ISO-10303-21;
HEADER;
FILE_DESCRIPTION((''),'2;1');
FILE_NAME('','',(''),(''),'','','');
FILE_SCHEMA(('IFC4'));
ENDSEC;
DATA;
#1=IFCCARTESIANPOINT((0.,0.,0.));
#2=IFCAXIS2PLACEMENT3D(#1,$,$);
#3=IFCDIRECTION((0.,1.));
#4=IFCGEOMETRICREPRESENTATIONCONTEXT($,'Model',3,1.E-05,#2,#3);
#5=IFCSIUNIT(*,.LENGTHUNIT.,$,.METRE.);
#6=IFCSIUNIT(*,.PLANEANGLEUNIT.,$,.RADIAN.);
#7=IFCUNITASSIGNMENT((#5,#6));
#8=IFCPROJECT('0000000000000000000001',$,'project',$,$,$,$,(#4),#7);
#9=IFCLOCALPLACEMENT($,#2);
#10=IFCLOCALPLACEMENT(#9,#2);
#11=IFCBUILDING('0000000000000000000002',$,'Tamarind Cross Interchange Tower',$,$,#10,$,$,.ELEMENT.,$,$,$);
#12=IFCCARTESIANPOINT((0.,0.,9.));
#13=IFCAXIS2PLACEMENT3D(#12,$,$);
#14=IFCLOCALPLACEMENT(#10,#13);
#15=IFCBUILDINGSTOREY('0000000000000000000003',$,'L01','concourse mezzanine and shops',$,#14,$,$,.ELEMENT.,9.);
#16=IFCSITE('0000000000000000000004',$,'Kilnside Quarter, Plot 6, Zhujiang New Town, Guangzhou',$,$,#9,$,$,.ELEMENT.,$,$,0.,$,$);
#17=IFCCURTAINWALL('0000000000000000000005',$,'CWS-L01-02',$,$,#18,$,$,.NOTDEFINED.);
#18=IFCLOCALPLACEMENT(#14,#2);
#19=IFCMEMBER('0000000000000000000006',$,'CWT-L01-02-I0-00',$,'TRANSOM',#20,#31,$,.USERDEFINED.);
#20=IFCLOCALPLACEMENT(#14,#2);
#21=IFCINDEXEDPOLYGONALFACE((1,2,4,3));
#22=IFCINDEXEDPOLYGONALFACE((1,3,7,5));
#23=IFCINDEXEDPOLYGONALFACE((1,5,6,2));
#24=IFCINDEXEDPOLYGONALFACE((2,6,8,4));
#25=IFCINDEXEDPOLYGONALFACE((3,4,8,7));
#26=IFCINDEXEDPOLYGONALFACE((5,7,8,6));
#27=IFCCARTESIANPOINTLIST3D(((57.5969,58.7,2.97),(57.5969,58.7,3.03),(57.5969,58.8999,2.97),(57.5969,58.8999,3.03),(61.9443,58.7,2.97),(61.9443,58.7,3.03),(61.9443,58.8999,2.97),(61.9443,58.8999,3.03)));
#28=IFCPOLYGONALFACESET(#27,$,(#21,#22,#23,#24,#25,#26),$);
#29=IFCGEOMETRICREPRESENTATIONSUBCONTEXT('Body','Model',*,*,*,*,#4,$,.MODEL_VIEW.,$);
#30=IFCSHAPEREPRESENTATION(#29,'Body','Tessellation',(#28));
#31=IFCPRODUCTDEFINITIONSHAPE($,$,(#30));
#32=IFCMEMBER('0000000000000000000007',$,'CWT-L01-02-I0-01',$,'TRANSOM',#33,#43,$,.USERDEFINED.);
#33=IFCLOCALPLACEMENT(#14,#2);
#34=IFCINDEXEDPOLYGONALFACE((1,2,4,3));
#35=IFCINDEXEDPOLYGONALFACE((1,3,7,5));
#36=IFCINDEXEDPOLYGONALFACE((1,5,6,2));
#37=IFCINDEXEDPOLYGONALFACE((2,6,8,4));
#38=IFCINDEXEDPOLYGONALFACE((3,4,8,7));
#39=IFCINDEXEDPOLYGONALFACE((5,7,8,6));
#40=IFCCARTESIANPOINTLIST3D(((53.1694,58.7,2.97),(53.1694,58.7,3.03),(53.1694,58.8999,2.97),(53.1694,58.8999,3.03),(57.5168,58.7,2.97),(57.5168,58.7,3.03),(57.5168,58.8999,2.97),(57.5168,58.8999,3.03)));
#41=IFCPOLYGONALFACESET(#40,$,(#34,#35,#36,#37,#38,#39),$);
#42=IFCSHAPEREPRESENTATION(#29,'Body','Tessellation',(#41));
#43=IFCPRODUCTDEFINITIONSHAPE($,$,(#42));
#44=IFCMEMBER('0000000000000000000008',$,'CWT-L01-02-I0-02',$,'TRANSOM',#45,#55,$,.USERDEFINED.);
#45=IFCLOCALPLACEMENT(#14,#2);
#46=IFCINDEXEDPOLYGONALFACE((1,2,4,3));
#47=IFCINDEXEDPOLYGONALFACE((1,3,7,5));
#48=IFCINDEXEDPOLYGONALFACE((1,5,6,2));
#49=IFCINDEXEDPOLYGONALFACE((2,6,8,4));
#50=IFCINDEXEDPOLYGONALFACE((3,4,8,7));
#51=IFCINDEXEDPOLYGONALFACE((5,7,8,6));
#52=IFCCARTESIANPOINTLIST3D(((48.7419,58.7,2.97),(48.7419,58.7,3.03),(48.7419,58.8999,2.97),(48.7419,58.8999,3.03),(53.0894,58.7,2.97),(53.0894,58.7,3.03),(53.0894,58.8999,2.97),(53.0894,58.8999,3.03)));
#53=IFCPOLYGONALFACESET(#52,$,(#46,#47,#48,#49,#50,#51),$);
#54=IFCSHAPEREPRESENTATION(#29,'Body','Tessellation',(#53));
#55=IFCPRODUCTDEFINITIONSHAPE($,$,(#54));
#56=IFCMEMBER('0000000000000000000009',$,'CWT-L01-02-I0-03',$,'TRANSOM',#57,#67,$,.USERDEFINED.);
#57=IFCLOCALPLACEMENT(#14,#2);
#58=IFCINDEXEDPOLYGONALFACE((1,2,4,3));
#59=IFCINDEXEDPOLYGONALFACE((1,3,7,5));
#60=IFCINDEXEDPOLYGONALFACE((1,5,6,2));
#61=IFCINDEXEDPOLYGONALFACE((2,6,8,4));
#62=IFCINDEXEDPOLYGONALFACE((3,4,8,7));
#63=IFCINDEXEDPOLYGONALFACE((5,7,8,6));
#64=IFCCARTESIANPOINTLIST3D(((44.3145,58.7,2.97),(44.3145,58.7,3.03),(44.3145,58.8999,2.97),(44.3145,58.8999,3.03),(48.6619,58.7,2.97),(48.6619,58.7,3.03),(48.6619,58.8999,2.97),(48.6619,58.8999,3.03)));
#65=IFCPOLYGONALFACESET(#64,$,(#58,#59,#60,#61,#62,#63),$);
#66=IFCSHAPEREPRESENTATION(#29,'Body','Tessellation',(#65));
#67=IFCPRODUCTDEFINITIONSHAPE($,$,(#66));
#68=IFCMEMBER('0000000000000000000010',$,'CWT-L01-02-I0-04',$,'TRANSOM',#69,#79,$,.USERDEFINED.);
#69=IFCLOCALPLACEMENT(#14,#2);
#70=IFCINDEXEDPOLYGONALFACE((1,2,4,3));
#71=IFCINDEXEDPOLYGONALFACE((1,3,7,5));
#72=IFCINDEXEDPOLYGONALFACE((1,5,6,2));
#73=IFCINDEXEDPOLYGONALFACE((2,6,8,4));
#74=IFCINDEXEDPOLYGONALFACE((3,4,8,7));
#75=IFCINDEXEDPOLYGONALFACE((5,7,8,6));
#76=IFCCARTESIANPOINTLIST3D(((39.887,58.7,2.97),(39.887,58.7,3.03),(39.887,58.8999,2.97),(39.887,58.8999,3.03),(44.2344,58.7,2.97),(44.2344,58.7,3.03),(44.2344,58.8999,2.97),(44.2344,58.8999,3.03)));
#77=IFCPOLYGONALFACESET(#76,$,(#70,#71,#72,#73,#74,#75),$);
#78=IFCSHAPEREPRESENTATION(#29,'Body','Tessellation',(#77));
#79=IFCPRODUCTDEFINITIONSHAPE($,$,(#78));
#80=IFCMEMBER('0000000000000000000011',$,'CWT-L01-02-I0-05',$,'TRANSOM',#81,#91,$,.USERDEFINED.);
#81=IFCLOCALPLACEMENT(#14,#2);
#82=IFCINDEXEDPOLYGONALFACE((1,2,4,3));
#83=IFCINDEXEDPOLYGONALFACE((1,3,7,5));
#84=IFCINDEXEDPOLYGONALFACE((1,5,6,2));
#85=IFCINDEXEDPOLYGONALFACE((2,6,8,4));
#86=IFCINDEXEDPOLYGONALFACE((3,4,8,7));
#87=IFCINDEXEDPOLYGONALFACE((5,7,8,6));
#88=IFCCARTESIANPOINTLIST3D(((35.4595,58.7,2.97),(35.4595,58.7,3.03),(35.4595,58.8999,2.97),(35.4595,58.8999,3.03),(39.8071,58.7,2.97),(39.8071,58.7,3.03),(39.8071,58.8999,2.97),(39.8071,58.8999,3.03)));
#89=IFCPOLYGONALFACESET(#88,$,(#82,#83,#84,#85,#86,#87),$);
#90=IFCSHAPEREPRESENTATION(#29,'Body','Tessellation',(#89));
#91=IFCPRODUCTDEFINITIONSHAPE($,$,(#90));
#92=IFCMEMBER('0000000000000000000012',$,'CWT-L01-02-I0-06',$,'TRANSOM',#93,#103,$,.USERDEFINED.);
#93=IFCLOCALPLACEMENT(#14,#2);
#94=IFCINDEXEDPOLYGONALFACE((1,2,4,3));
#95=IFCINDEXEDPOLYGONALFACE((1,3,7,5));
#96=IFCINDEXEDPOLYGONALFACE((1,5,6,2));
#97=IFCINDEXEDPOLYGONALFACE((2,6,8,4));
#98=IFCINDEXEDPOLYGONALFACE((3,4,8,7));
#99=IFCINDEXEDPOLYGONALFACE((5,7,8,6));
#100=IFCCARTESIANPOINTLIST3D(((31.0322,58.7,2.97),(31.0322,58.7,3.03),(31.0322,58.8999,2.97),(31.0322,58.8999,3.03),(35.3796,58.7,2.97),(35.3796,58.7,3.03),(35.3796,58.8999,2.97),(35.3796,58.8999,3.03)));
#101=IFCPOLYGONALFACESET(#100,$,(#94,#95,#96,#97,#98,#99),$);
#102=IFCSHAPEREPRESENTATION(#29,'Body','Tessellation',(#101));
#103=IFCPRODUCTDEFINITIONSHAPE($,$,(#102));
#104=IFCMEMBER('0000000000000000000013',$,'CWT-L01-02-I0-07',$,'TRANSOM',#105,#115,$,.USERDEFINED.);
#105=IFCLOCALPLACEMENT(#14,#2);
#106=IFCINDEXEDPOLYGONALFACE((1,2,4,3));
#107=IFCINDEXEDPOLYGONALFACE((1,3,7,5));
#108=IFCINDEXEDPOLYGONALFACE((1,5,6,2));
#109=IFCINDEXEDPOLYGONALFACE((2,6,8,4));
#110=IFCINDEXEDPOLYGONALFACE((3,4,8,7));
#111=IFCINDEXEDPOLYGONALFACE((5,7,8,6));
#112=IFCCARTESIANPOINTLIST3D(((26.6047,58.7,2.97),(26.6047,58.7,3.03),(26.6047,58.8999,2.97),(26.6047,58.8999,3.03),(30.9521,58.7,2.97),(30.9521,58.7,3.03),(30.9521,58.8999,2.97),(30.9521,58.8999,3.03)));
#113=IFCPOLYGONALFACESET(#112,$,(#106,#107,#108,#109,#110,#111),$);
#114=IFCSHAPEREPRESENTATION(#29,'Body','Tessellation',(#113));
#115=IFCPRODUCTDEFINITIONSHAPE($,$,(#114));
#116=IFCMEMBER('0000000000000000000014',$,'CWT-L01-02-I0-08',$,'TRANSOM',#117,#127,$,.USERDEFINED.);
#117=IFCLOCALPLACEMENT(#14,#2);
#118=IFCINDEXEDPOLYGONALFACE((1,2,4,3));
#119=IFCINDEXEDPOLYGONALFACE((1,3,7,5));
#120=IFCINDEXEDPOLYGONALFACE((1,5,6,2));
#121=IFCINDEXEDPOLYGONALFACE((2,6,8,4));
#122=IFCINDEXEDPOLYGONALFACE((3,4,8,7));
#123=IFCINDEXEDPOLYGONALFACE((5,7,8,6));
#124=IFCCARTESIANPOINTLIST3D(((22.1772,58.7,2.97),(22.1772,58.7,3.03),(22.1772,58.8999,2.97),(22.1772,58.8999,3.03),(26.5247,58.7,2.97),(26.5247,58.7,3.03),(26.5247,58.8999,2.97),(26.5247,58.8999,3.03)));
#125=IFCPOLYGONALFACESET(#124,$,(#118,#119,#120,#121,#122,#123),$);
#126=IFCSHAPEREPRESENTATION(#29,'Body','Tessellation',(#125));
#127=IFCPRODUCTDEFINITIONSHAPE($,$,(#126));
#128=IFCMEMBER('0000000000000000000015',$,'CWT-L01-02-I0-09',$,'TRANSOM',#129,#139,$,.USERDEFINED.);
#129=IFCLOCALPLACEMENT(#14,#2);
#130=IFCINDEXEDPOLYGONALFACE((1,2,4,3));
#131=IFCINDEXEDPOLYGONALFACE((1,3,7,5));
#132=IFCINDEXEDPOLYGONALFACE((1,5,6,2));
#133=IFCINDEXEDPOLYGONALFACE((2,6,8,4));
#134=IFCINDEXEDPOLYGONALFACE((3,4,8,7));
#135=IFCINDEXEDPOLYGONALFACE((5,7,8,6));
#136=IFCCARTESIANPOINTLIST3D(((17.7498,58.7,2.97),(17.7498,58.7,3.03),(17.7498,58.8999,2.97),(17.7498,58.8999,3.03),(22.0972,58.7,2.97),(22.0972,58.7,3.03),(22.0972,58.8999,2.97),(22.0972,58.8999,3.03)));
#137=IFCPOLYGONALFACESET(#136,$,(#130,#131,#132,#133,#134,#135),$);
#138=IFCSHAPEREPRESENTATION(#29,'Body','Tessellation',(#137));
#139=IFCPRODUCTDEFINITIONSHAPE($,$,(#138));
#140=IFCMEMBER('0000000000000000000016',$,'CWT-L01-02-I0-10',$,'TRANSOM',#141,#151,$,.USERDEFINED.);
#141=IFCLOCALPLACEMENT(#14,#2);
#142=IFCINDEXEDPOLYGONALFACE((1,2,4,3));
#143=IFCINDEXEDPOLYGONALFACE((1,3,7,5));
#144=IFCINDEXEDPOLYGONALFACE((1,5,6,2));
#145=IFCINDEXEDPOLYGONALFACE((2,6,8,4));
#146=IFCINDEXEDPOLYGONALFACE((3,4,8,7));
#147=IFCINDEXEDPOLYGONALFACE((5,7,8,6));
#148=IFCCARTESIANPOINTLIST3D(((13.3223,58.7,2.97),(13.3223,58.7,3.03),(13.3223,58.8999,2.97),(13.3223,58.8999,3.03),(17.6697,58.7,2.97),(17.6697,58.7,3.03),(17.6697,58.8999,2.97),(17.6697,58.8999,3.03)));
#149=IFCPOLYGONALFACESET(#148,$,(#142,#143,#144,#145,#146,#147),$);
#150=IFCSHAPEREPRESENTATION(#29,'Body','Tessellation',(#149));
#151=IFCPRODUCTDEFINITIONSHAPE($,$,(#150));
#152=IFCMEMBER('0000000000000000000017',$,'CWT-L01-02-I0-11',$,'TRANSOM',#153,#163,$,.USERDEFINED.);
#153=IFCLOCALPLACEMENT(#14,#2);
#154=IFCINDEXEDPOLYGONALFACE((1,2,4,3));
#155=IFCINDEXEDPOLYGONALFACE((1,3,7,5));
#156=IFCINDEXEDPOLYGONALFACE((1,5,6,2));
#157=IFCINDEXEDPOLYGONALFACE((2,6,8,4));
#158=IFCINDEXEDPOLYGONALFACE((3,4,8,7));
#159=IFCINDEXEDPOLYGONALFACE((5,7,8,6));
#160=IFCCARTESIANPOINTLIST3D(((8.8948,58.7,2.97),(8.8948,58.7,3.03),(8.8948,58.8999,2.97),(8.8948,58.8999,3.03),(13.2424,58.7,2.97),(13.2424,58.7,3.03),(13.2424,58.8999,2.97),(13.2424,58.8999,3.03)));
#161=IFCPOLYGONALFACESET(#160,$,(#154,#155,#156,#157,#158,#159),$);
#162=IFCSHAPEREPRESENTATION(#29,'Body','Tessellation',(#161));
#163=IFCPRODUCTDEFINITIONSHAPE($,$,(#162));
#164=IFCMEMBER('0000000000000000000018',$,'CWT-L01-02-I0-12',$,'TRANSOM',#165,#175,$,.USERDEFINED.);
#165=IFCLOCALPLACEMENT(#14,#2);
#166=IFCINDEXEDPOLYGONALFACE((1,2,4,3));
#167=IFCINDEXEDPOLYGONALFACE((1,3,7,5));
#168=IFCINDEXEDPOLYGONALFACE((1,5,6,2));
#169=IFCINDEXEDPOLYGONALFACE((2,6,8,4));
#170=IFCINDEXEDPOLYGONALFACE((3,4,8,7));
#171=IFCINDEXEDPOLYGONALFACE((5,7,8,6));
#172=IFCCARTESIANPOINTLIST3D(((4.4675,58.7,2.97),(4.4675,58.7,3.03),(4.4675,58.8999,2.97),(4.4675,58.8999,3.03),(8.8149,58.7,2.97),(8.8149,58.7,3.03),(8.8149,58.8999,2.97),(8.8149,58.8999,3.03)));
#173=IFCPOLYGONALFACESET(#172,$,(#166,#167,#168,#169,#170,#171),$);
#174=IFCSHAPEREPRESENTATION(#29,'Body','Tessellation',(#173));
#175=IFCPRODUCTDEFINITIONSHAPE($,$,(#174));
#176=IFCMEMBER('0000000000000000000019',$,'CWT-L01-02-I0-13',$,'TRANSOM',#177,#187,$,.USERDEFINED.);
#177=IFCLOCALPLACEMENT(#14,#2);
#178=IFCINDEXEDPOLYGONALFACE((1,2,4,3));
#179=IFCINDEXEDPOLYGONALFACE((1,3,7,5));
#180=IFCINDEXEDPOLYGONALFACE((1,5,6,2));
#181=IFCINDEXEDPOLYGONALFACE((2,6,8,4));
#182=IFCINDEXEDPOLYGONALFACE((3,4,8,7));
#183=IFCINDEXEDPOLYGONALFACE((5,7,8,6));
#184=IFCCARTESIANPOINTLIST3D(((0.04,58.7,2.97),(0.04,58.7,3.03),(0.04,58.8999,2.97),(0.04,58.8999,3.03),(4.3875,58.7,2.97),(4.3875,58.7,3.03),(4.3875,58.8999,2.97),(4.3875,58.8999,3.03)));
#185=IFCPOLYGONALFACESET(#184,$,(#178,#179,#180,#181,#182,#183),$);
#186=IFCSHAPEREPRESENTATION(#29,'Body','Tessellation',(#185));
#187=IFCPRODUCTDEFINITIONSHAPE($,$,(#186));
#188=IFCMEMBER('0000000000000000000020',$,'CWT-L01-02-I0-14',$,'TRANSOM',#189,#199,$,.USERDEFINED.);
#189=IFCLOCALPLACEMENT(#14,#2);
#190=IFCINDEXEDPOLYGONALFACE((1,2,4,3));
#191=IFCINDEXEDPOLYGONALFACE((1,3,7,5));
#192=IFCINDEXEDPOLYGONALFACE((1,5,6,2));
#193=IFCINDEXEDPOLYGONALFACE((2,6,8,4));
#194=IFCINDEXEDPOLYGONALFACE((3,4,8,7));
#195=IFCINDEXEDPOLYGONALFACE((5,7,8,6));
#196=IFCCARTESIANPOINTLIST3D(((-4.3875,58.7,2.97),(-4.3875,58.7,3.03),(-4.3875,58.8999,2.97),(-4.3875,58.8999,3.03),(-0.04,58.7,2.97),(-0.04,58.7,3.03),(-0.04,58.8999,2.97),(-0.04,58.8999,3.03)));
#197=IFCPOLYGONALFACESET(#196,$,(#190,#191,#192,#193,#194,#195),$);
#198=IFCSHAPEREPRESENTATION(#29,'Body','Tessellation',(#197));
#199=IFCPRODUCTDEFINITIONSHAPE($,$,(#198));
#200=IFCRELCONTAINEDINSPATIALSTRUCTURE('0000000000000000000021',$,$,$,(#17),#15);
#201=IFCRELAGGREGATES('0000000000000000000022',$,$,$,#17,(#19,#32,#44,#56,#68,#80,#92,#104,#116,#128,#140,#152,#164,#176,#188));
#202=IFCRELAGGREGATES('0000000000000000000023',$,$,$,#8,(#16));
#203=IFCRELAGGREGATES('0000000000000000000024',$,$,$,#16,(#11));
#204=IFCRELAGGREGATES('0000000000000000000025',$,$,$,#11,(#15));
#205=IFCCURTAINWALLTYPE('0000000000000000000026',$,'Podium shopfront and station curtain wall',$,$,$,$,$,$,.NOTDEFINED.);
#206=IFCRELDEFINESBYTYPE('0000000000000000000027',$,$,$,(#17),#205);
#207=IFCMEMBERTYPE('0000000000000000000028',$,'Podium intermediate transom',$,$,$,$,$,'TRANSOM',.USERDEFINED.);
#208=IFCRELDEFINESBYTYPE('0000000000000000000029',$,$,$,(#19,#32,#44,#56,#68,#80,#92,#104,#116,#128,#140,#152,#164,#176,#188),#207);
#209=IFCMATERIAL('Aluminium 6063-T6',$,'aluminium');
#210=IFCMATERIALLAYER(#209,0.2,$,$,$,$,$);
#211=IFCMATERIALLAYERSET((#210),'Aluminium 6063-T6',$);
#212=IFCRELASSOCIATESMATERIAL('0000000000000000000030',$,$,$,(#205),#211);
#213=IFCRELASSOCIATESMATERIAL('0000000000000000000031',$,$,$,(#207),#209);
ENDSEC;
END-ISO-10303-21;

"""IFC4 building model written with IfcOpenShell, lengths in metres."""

from ifc_helpers import new_model, si_unit, direction, frame, origin, place, context, subcontext, project, spatial, polyline, outline, extrude, material, layer, layer_set, type_object, element, aggregate, save


model = new_model("IFC4")

# Units and contexts
model_context = context("Model", 3, precision=1e-05, world=origin(), true_north=direction((0.0, 1.0)))
body_context = subcontext(model_context, "Body", "Model", "MODEL_VIEW")
ifc_project = project(units=[si_unit("LENGTHUNIT", "METRE"), si_unit("PLANEANGLEUNIT", "RADIAN")], contexts=[model_context])

# Site, building, storey
site_placement = place(None, origin())
site = spatial("IfcSite", under=ifc_project, at=site_placement, Name="Kilnside Quarter, Plot 6, Zhujiang New Town, Guangzhou", CompositionType="ELEMENT", RefElevation=0.0)
building_placement = place(site_placement, origin())
building = spatial("IfcBuilding", under=site, at=building_placement, Name="Tamarind Cross Interchange Tower", CompositionType="ELEMENT")
storey_placement = place(building_placement, frame((0.0, 0.0, 9.0)))
storey = spatial("IfcBuildingStorey", under=building, at=storey_placement, Name="L01", Description="concourse mezzanine and shops", CompositionType="ELEMENT", Elevation=9.0)

# Curtain wall, members
ifc_material_1 = material(Name="Aluminium 6063-T6", Category="aluminium")
ifc_layer_1 = layer(ifc_material_1, 0.2)
ifc_layer_set_1 = layer_set([ifc_layer_1], Name="Aluminium 6063-T6")
curtain_wall_type = type_object("IfcCurtainWallType", Name="Podium shopfront and station curtain wall", PredefinedType="NOTDEFINED", material=ifc_layer_set_1)
curtain_wall_placement = place(storey_placement, origin())
curtain_wall = element("IfcCurtainWall", 1, at=curtain_wall_placement, inside=storey, type_object=curtain_wall_type, Name="CWS-L01-02", PredefinedType="NOTDEFINED")
member_type = type_object("IfcMemberType", Name="Podium intermediate transom", ElementType="TRANSOM", PredefinedType="USERDEFINED", material=ifc_material_1)
member_1_placement = place(storey_placement, frame((0.0, 0.0, 2.97)))
member_1 = element("IfcMember", 2, at=member_1_placement, type_object=member_type, Name="CWT-L01-02-I0-00", ObjectType="TRANSOM", PredefinedType="USERDEFINED", context=body_context, shape_type="SweptSolid", body=[
    extrude(outline(polyline([(61.9443, 58.7), (57.5969, 58.7), (57.5969, 58.8999), (61.9443, 58.8999), (61.9443, 58.7)])), origin(), (0.0, 0.0, 1.0), 0.0601),
])
member_2_placement = place(storey_placement, frame((0.0, 0.0, 2.97)))
member_2 = element("IfcMember", 3, at=member_2_placement, type_object=member_type, Name="CWT-L01-02-I0-01", ObjectType="TRANSOM", PredefinedType="USERDEFINED", context=body_context, shape_type="SweptSolid", body=[
    extrude(outline(polyline([(57.5168, 58.7), (53.1694, 58.7), (53.1694, 58.8999), (57.5168, 58.8999), (57.5168, 58.7)])), origin(), (0.0, 0.0, 1.0), 0.0601),
])
member_3_placement = place(storey_placement, frame((0.0, 0.0, 2.97)))
member_3 = element("IfcMember", 4, at=member_3_placement, type_object=member_type, Name="CWT-L01-02-I0-02", ObjectType="TRANSOM", PredefinedType="USERDEFINED", context=body_context, shape_type="SweptSolid", body=[
    extrude(outline(polyline([(53.0894, 58.7), (48.7419, 58.7), (48.7419, 58.8999), (53.0894, 58.8999), (53.0894, 58.7)])), origin(), (0.0, 0.0, 1.0), 0.0601),
])
member_4_placement = place(storey_placement, frame((0.0, 0.0, 2.97)))
member_4 = element("IfcMember", 5, at=member_4_placement, type_object=member_type, Name="CWT-L01-02-I0-03", ObjectType="TRANSOM", PredefinedType="USERDEFINED", context=body_context, shape_type="SweptSolid", body=[
    extrude(outline(polyline([(48.6619, 58.7), (44.3145, 58.7), (44.3145, 58.8999), (48.6619, 58.8999), (48.6619, 58.7)])), origin(), (0.0, 0.0, 1.0), 0.0601),
])
member_5_placement = place(storey_placement, frame((0.0, 0.0, 2.97)))
member_5 = element("IfcMember", 6, at=member_5_placement, type_object=member_type, Name="CWT-L01-02-I0-04", ObjectType="TRANSOM", PredefinedType="USERDEFINED", context=body_context, shape_type="SweptSolid", body=[
    extrude(outline(polyline([(44.2344, 58.7), (39.887, 58.7), (39.887, 58.8999), (44.2344, 58.8999), (44.2344, 58.7)])), origin(), (0.0, 0.0, 1.0), 0.0601),
])
member_6_placement = place(storey_placement, frame((0.0, 0.0, 2.97)))
member_6 = element("IfcMember", 7, at=member_6_placement, type_object=member_type, Name="CWT-L01-02-I0-05", ObjectType="TRANSOM", PredefinedType="USERDEFINED", context=body_context, shape_type="SweptSolid", body=[
    extrude(outline(polyline([(39.8071, 58.7), (35.4595, 58.7), (35.4595, 58.8999), (39.8071, 58.8999), (39.8071, 58.7)])), origin(), (0.0, 0.0, 1.0), 0.0601),
])
member_7_placement = place(storey_placement, frame((0.0, 0.0, 2.97)))
member_7 = element("IfcMember", 8, at=member_7_placement, type_object=member_type, Name="CWT-L01-02-I0-06", ObjectType="TRANSOM", PredefinedType="USERDEFINED", context=body_context, shape_type="SweptSolid", body=[
    extrude(outline(polyline([(35.3796, 58.7), (31.0322, 58.7), (31.0322, 58.8999), (35.3796, 58.8999), (35.3796, 58.7)])), origin(), (0.0, 0.0, 1.0), 0.0601),
])
member_8_placement = place(storey_placement, frame((0.0, 0.0, 2.97)))
member_8 = element("IfcMember", 9, at=member_8_placement, type_object=member_type, Name="CWT-L01-02-I0-07", ObjectType="TRANSOM", PredefinedType="USERDEFINED", context=body_context, shape_type="SweptSolid", body=[
    extrude(outline(polyline([(30.9521, 58.7), (26.6047, 58.7), (26.6047, 58.8999), (30.9521, 58.8999), (30.9521, 58.7)])), origin(), (0.0, 0.0, 1.0), 0.0601),
])
member_9_placement = place(storey_placement, frame((0.0, 0.0, 2.97)))
member_9 = element("IfcMember", 10, at=member_9_placement, type_object=member_type, Name="CWT-L01-02-I0-08", ObjectType="TRANSOM", PredefinedType="USERDEFINED", context=body_context, shape_type="SweptSolid", body=[
    extrude(outline(polyline([(26.5247, 58.7), (22.1772, 58.7), (22.1772, 58.8999), (26.5247, 58.8999), (26.5247, 58.7)])), origin(), (0.0, 0.0, 1.0), 0.0601),
])
member_10_placement = place(storey_placement, frame((0.0, 0.0, 2.97)))
member_10 = element("IfcMember", 11, at=member_10_placement, type_object=member_type, Name="CWT-L01-02-I0-09", ObjectType="TRANSOM", PredefinedType="USERDEFINED", context=body_context, shape_type="SweptSolid", body=[
    extrude(outline(polyline([(22.0972, 58.7), (17.7498, 58.7), (17.7498, 58.8999), (22.0972, 58.8999), (22.0972, 58.7)])), origin(), (0.0, 0.0, 1.0), 0.0601),
])
member_11_placement = place(storey_placement, frame((0.0, 0.0, 2.97)))
member_11 = element("IfcMember", 12, at=member_11_placement, type_object=member_type, Name="CWT-L01-02-I0-10", ObjectType="TRANSOM", PredefinedType="USERDEFINED", context=body_context, shape_type="SweptSolid", body=[
    extrude(outline(polyline([(17.6697, 58.7), (13.3223, 58.7), (13.3223, 58.8999), (17.6697, 58.8999), (17.6697, 58.7)])), origin(), (0.0, 0.0, 1.0), 0.0601),
])
member_12_placement = place(storey_placement, frame((0.0, 0.0, 2.97)))
member_12 = element("IfcMember", 13, at=member_12_placement, type_object=member_type, Name="CWT-L01-02-I0-11", ObjectType="TRANSOM", PredefinedType="USERDEFINED", context=body_context, shape_type="SweptSolid", body=[
    extrude(outline(polyline([(13.2424, 58.7), (8.8948, 58.7), (8.8948, 58.8999), (13.2424, 58.8999), (13.2424, 58.7)])), origin(), (0.0, 0.0, 1.0), 0.0601),
])
member_13_placement = place(storey_placement, frame((0.0, 0.0, 2.97)))
member_13 = element("IfcMember", 14, at=member_13_placement, type_object=member_type, Name="CWT-L01-02-I0-12", ObjectType="TRANSOM", PredefinedType="USERDEFINED", context=body_context, shape_type="SweptSolid", body=[
    extrude(outline(polyline([(8.8149, 58.7), (4.4675, 58.7), (4.4675, 58.8999), (8.8149, 58.8999), (8.8149, 58.7)])), origin(), (0.0, 0.0, 1.0), 0.0601),
])
member_14_placement = place(storey_placement, frame((0.0, 0.0, 2.97)))
member_14 = element("IfcMember", 15, at=member_14_placement, type_object=member_type, Name="CWT-L01-02-I0-13", ObjectType="TRANSOM", PredefinedType="USERDEFINED", context=body_context, shape_type="SweptSolid", body=[
    extrude(outline(polyline([(4.3875, 58.7), (0.04, 58.7), (0.04, 58.8999), (4.3875, 58.8999), (4.3875, 58.7)])), origin(), (0.0, 0.0, 1.0), 0.0601),
])
member_15_placement = place(storey_placement, frame((0.0, 0.0, 2.97)))
member_15 = element("IfcMember", 16, at=member_15_placement, type_object=member_type, Name="CWT-L01-02-I0-14", ObjectType="TRANSOM", PredefinedType="USERDEFINED", context=body_context, shape_type="SweptSolid", body=[
    extrude(outline(polyline([(-0.04, 58.7), (-4.3875, 58.7), (-4.3875, 58.8999), (-0.04, 58.8999), (-0.04, 58.7)])), origin(), (0.0, 0.0, 1.0), 0.0601),
])
aggregate(curtain_wall, [member_1, member_2, member_3, member_4, member_5, member_6, member_7, member_8, member_9, member_10, member_11, member_12, member_13, member_14, member_15])

save(model, "model.ifc")
